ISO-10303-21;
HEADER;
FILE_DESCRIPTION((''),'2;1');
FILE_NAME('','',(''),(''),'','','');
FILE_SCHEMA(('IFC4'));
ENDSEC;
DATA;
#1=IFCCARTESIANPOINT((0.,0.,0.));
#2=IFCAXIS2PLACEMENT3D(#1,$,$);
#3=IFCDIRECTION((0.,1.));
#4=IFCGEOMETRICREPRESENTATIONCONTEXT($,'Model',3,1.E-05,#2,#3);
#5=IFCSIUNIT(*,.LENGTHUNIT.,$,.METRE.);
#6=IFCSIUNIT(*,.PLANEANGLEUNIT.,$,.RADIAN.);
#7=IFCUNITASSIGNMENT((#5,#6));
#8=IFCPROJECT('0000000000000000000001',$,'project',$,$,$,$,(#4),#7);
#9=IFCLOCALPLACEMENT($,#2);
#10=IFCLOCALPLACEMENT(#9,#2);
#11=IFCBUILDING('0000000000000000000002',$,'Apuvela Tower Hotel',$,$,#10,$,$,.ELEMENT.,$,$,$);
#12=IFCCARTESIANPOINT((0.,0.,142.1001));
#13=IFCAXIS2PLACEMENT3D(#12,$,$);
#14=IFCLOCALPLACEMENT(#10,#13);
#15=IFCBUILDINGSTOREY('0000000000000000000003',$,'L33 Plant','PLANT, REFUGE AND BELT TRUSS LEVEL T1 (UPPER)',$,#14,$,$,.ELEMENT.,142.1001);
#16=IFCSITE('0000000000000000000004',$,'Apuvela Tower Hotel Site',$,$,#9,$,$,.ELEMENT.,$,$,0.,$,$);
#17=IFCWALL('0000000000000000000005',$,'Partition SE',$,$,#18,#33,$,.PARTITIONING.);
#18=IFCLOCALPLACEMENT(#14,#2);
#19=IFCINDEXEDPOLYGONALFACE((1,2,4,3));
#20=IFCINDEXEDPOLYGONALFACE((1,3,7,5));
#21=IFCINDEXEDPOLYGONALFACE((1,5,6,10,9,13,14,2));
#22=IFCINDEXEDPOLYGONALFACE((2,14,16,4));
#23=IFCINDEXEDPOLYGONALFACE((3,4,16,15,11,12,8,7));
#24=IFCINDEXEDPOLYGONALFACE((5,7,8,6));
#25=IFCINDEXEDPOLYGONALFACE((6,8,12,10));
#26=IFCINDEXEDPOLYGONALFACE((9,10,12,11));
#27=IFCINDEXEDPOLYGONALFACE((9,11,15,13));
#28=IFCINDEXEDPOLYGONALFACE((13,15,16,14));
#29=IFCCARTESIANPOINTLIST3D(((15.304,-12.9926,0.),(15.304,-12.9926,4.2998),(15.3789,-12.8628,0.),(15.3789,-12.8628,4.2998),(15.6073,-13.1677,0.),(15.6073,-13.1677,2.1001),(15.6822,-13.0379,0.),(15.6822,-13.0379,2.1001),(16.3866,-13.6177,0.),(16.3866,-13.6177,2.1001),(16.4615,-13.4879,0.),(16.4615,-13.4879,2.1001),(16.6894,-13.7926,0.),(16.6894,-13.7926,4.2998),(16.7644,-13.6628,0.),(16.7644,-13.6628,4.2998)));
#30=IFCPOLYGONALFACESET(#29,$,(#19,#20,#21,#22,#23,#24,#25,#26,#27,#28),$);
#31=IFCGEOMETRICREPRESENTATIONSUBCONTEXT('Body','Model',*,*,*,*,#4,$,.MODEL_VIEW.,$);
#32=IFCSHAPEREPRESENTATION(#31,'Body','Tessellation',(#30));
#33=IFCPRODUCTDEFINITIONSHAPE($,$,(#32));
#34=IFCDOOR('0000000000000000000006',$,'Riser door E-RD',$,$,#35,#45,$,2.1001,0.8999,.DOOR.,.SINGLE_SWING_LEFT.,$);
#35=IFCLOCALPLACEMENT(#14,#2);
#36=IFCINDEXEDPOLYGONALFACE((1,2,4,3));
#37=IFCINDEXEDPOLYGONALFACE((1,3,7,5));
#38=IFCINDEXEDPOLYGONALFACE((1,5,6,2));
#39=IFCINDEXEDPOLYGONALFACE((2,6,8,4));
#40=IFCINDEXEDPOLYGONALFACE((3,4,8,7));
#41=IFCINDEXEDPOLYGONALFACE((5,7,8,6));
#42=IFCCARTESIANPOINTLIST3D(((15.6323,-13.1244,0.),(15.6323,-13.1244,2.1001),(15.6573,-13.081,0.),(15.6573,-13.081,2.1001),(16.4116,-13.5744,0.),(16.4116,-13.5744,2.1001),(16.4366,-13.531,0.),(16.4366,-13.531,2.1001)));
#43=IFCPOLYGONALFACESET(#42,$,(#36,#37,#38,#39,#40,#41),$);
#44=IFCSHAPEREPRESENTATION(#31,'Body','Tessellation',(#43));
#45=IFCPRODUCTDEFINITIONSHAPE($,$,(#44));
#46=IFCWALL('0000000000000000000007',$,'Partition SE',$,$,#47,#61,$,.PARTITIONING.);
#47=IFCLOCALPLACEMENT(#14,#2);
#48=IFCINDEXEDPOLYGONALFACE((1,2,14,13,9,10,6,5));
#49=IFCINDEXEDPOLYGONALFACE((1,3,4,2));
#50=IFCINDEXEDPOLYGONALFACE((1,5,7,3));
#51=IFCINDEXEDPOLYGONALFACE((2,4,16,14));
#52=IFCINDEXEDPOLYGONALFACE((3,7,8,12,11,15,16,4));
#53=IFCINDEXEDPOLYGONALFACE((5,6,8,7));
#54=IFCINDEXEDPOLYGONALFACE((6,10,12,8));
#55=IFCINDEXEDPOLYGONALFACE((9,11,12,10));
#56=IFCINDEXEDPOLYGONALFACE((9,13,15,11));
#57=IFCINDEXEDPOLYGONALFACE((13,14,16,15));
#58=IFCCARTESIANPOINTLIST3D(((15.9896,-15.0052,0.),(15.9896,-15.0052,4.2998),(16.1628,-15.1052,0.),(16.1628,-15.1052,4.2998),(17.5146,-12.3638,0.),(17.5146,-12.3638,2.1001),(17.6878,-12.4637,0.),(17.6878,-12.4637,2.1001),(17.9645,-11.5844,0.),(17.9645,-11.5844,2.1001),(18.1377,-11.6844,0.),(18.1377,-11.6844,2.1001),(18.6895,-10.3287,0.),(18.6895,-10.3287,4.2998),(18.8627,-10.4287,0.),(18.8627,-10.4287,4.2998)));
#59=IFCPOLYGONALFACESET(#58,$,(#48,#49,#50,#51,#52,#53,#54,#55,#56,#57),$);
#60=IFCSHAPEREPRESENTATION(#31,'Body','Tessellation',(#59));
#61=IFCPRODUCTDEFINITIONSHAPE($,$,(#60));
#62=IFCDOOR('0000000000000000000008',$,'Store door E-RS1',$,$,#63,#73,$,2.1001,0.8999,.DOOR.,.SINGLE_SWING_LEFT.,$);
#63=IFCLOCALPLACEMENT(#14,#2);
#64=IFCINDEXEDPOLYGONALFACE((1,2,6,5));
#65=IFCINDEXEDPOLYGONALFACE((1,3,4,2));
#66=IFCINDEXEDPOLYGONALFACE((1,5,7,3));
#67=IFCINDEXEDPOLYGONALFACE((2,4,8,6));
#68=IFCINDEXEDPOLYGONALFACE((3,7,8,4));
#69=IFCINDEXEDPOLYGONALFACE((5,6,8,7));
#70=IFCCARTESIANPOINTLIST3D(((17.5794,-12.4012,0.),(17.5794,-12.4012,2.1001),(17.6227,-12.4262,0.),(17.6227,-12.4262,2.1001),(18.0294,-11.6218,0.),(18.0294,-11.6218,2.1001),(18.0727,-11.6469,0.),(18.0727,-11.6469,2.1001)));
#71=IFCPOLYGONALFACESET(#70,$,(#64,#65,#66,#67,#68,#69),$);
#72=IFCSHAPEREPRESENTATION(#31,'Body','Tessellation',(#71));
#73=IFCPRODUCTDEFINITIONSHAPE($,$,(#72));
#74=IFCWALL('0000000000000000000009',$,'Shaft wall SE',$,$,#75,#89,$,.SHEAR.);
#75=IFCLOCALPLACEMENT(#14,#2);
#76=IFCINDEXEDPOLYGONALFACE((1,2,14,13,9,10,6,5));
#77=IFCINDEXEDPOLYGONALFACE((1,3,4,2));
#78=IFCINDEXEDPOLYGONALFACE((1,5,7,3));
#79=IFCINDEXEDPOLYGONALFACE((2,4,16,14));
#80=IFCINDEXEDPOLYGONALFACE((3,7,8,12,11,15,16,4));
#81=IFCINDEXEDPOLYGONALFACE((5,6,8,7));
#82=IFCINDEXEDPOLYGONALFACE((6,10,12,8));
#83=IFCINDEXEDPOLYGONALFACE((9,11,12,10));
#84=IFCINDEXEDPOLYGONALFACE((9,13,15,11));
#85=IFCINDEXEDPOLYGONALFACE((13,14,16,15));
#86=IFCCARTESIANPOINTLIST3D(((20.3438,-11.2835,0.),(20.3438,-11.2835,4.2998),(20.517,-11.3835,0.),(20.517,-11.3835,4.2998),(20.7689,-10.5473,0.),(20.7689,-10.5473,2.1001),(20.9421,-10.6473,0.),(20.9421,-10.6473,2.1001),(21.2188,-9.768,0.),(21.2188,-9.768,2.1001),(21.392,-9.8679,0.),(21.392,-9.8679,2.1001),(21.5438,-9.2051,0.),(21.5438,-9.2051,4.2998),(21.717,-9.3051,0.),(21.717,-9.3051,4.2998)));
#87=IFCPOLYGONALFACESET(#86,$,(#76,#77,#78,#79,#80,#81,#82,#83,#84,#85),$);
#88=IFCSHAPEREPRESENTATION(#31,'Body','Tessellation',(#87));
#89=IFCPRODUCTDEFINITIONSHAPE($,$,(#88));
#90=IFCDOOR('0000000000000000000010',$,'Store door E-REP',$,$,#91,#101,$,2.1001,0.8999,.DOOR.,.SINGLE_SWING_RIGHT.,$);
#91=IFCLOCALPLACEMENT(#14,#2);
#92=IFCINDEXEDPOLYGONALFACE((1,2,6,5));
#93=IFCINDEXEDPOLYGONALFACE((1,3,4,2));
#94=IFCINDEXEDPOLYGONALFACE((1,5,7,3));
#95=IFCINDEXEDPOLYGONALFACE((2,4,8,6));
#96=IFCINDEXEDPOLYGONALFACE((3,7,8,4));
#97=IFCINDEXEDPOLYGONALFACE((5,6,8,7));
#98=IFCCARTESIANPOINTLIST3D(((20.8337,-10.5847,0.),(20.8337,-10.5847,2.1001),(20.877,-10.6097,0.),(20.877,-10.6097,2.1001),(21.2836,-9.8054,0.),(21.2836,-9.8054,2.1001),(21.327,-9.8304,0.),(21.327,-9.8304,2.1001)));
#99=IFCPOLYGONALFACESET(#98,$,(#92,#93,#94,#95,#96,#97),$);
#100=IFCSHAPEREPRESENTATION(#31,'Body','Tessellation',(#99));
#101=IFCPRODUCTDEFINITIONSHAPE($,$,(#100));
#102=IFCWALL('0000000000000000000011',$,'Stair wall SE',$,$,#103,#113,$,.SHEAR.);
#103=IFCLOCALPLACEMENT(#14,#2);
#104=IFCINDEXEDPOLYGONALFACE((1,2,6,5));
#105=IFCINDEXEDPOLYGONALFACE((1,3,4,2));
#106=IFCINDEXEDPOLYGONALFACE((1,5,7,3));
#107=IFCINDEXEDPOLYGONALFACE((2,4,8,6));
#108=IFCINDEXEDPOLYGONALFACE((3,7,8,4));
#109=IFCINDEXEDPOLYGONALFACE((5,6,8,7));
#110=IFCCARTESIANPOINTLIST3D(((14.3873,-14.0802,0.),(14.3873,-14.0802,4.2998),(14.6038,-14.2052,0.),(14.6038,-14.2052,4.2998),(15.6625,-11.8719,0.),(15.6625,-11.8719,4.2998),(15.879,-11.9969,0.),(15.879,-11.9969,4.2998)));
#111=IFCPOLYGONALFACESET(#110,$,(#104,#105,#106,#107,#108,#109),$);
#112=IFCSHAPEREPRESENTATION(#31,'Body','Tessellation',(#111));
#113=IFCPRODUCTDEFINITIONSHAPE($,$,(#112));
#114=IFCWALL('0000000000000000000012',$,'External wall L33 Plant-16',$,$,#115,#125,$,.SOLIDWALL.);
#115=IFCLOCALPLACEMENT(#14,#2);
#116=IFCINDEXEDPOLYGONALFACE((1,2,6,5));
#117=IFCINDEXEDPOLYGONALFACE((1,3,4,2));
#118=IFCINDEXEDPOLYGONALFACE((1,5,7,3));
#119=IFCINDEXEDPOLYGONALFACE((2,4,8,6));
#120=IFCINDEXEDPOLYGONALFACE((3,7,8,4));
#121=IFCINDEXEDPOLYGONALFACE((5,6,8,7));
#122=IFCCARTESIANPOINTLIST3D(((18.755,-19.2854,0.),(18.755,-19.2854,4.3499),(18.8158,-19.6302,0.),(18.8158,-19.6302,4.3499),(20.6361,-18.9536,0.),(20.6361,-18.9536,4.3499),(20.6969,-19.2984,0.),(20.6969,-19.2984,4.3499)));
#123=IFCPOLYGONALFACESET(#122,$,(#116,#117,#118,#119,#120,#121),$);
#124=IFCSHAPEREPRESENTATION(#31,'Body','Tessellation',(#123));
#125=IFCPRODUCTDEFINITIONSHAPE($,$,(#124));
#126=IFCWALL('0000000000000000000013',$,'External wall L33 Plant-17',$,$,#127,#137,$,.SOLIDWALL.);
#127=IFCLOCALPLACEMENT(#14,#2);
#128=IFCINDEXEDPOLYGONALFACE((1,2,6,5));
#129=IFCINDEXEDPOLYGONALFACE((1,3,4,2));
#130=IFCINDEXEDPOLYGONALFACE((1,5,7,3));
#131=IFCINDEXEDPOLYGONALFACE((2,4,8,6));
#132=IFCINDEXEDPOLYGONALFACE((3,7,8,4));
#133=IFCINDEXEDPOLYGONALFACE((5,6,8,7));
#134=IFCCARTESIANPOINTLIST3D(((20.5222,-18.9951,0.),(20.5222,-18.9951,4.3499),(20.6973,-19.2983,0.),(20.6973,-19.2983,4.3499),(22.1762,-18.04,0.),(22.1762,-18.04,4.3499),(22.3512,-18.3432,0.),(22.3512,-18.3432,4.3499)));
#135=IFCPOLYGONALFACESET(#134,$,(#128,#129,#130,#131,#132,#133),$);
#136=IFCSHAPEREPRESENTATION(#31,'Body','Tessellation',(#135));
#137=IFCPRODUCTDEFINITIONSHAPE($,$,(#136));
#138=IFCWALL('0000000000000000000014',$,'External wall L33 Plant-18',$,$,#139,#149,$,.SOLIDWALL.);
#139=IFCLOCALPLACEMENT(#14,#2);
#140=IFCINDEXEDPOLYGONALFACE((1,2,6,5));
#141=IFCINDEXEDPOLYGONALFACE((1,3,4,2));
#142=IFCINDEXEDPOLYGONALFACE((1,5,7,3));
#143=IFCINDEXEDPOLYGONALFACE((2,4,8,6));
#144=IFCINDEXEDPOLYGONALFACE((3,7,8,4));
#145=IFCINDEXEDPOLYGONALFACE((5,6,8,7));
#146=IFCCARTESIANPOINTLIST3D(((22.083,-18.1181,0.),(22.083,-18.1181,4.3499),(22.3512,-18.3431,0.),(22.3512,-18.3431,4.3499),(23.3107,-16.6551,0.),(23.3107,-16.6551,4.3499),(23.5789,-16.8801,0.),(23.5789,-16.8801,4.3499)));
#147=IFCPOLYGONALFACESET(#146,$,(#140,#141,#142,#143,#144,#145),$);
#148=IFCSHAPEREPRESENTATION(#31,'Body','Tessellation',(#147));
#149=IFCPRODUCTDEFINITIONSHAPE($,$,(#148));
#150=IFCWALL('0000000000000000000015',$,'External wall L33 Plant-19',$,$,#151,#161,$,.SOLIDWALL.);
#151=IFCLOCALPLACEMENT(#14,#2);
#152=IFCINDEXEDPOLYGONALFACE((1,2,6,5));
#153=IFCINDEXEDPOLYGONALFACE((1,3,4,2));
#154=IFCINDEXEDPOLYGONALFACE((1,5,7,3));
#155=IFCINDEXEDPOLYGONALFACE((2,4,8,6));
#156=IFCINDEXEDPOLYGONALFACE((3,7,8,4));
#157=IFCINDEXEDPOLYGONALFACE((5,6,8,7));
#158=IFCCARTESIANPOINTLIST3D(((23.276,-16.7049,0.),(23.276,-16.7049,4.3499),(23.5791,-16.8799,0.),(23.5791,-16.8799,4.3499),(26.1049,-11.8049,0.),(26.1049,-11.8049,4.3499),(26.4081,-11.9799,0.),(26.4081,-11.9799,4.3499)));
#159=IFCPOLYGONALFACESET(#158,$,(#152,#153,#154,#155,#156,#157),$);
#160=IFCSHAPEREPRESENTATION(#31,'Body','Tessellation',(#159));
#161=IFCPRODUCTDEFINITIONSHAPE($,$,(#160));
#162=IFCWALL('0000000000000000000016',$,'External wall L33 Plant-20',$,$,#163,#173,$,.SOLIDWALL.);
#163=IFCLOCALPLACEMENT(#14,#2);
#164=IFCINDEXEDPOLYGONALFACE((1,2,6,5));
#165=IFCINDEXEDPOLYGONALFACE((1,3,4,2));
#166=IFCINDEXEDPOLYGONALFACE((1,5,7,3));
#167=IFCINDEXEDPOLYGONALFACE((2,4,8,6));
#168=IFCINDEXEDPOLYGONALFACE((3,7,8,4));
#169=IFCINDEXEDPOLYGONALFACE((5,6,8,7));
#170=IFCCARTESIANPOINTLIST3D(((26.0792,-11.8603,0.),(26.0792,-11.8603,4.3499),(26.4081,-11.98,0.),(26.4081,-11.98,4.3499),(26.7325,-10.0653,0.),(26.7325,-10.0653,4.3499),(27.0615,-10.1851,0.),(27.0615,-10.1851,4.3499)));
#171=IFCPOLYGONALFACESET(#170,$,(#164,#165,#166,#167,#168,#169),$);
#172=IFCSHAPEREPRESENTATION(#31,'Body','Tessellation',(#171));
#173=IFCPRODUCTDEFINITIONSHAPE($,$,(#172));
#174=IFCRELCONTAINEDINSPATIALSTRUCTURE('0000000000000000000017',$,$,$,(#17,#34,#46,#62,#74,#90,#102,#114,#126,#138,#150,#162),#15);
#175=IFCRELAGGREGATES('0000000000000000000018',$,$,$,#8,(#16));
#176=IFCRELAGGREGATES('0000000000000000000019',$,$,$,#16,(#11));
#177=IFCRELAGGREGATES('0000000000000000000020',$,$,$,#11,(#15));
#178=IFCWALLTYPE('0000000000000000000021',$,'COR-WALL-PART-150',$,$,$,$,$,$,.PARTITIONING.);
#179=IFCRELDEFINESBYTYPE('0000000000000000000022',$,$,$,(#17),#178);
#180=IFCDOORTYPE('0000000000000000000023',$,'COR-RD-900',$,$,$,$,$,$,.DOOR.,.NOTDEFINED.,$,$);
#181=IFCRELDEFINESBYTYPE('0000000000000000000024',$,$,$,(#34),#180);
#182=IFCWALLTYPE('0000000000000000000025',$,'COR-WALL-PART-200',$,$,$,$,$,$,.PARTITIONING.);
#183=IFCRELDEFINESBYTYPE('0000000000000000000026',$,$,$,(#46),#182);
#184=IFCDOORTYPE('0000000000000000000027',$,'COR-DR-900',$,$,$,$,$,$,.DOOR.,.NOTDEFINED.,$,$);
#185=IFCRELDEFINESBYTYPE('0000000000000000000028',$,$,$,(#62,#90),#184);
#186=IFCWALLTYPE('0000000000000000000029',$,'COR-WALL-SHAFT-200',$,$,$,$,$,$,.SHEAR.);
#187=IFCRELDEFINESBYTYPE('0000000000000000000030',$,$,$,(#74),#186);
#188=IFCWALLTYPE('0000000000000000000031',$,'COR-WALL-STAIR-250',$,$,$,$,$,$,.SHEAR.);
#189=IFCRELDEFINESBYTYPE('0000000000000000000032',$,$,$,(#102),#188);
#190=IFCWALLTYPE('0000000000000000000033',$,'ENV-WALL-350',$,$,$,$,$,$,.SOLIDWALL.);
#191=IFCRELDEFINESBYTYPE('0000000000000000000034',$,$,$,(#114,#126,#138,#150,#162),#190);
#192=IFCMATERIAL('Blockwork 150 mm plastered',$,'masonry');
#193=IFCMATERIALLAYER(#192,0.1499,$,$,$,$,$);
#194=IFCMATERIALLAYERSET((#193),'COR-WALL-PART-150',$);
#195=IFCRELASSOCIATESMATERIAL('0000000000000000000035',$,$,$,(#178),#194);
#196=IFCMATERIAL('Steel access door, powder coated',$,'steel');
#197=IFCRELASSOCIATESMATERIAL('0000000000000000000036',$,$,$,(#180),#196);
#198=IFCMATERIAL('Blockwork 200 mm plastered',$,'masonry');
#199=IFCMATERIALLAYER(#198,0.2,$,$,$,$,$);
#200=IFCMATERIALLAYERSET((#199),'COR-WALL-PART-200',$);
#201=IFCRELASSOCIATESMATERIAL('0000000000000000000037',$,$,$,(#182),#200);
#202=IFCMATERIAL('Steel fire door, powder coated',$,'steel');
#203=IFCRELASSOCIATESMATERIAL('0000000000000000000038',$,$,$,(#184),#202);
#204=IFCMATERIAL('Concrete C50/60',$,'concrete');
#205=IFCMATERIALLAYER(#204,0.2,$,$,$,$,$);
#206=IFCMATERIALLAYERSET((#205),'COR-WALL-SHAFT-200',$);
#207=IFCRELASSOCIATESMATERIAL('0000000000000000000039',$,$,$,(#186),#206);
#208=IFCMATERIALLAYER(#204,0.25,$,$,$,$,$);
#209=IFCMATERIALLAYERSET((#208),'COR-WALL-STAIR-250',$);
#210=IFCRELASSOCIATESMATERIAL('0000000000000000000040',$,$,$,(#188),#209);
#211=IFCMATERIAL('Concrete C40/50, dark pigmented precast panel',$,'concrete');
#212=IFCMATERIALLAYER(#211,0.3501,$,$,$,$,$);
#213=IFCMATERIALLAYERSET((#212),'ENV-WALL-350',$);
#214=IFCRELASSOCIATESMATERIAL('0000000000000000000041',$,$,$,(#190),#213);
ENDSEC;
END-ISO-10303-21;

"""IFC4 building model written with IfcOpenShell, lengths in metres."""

from ifc_helpers import new_model, si_unit, direction, frame, frame_2d, origin, place, context, subcontext, project, spatial, rectangle, extrude, material, layer, layer_set, type_object, element, fill, save


model = new_model("IFC4")

# Units and contexts
model_context = context("Model", 3, precision=1e-05, world=origin(), true_north=direction((0.0, 1.0)))
body_context = subcontext(model_context, "Body", "Model", "MODEL_VIEW")
ifc_project = project(units=[si_unit("LENGTHUNIT", "METRE"), si_unit("PLANEANGLEUNIT", "RADIAN")], contexts=[model_context])

# Site, building, storey
site_placement = place(None, origin())
site = spatial("IfcSite", under=ifc_project, at=site_placement, Name="Apuvela Tower Hotel Site", CompositionType="ELEMENT", RefElevation=0.0)
building_placement = place(site_placement, origin())
building = spatial("IfcBuilding", under=site, at=building_placement, Name="Apuvela Tower Hotel", CompositionType="ELEMENT")
storey_placement = place(building_placement, frame((0.0, 0.0, 142.1001)))
storey = spatial("IfcBuildingStorey", under=building, at=storey_placement, Name="L33 Plant", Description="PLANT, REFUGE AND BELT TRUSS LEVEL T1 (UPPER)", CompositionType="ELEMENT", Elevation=142.1001)

# Walls, openings, doors
ifc_material_1 = material(Name="Blockwork 150 mm plastered", Category="masonry")
ifc_layer_1 = layer(ifc_material_1, 0.1499)
ifc_layer_set_1 = layer_set([ifc_layer_1], Name="COR-WALL-PART-150")
wall_type_1 = type_object("IfcWallType", Name="COR-WALL-PART-150", PredefinedType="PARTITIONING", material=ifc_layer_set_1)
wall_1_placement = place(storey_placement, frame((15.3416, -12.9277, 0.0), z_axis=(0.0, 0.0, 1.0), x_axis=(0.86599, -0.500061, 0.0)))
wall_1 = element("IfcWall", 1, at=wall_1_placement, inside=storey, type_object=wall_type_1, Name="Partition SE", PredefinedType="PARTITIONING", context=body_context, shape_type="SweptSolid", body=[
    extrude(rectangle(XDim=1.5999, YDim=0.1499, at=frame_2d((0.7998, 0.0))), origin(), (0.0, 0.0, 1.0), 4.2998),
])
opening_1_placement = place(wall_1_placement, frame((0.3501, 0.0, 0.0)))
opening_1 = element("IfcOpeningElement", 2, at=opening_1_placement, cuts=wall_1, PredefinedType="OPENING", context=body_context, shape_type="SweptSolid", body=[
    extrude(rectangle(XDim=0.8999, YDim=2.1001, at=frame_2d((0.45, 1.05))), frame((0.0, 0.085, 0.0), z_axis=(0.0, -1.0, 0.0), x_axis=(1.0, 0.0, 0.0)), (0.0, 0.0, 1.0), 0.1699),
])
ifc_material_2 = material(Name="Steel access door, powder coated", Category="steel")
door_type_1 = type_object("IfcDoorType", Name="COR-RD-900", OperationType="NOTDEFINED", PredefinedType="DOOR", material=ifc_material_2)
door_1_placement = place(opening_1_placement, frame((0.8999, 0.0, 0.0), z_axis=(0.0, 0.0, 1.0), x_axis=(-1.0, 0.0, 0.0)))
door_1 = element("IfcDoor", 3, at=door_1_placement, inside=storey, type_object=door_type_1, Name="Riser door E-RD", OperationType="SINGLE_SWING_LEFT", OverallHeight=2.1001, OverallWidth=0.8999, PredefinedType="DOOR", context=body_context, shape_type="SweptSolid", body=[
    extrude(rectangle(XDim=0.8999, YDim=2.1001, at=frame_2d((0.45, 1.05))), frame((0.0, 0.0249, 0.0), z_axis=(0.0, -1.0, 0.0), x_axis=(1.0, 0.0, 0.0)), (0.0, 0.0, 1.0), 0.05),
])
fill(opening_1, door_1)
ifc_material_3 = material(Name="Blockwork 200 mm plastered", Category="masonry")
ifc_layer_2 = layer(ifc_material_3, 0.2)
ifc_layer_set_2 = layer_set([ifc_layer_2], Name="COR-WALL-PART-200")
wall_type_2 = type_object("IfcWallType", Name="COR-WALL-PART-200", PredefinedType="PARTITIONING", material=ifc_layer_set_2)
wall_2_placement = place(storey_placement, frame((16.0762, -15.0552, 0.0), z_axis=(0.0, 0.0, 1.0), x_axis=(0.499995, 0.866028, 0.0)))
wall_2 = element("IfcWall", 4, at=wall_2_placement, inside=storey, type_object=wall_type_2, Name="Partition SE", PredefinedType="PARTITIONING", context=body_context, shape_type="SweptSolid", body=[
    extrude(rectangle(XDim=5.3999, YDim=0.2, at=frame_2d((2.7, 0.0))), origin(), (0.0, 0.0, 1.0), 4.2998),
])
opening_2_placement = place(wall_2_placement, frame((3.05, 0.0, 0.0)))
opening_2 = element("IfcOpeningElement", 5, at=opening_2_placement, cuts=wall_2, PredefinedType="OPENING", context=body_context, shape_type="SweptSolid", body=[
    extrude(rectangle(XDim=0.8999, YDim=2.1001, at=frame_2d((0.45, 1.05))), frame((0.0, 0.1099, 0.0), z_axis=(0.0, -1.0, 0.0), x_axis=(1.0, 0.0, 0.0)), (0.0, 0.0, 1.0), 0.22),
])
ifc_material_4 = material(Name="Steel fire door, powder coated", Category="steel")
door_type_2 = type_object("IfcDoorType", Name="COR-DR-900", OperationType="NOTDEFINED", PredefinedType="DOOR", material=ifc_material_4)
door_2_placement = place(opening_2_placement, frame((0.8999, 0.0, 0.0), z_axis=(0.0, 0.0, 1.0), x_axis=(-1.0, 0.0, 0.0)))
door_2 = element("IfcDoor", 6, at=door_2_placement, inside=storey, type_object=door_type_2, Name="Store door E-RS1", OperationType="SINGLE_SWING_LEFT", OverallHeight=2.1001, OverallWidth=0.8999, PredefinedType="DOOR", context=body_context, shape_type="SweptSolid", body=[
    extrude(rectangle(XDim=0.8999, YDim=2.1001, at=frame_2d((0.45, 1.05))), frame((0.0, 0.0249, 0.0), z_axis=(0.0, -1.0, 0.0), x_axis=(1.0, 0.0, 0.0)), (0.0, 0.0, 1.0), 0.05),
])
fill(opening_2, door_2)
ifc_material_5 = material(Name="Concrete C50/60", Category="concrete")
ifc_layer_3 = layer(ifc_material_5, 0.2)
ifc_layer_set_3 = layer_set([ifc_layer_3], Name="COR-WALL-SHAFT-200")
wall_type_3 = type_object("IfcWallType", Name="COR-WALL-SHAFT-200", PredefinedType="SHEAR", material=ifc_layer_set_3)
wall_3_placement = place(storey_placement, frame((20.4304, -11.3335, 0.0), z_axis=(0.0, 0.0, 1.0), x_axis=(0.500001, 0.866025, 0.0)))
wall_3 = element("IfcWall", 7, at=wall_3_placement, inside=storey, type_object=wall_type_3, Name="Shaft wall SE", PredefinedType="SHEAR", context=body_context, shape_type="SweptSolid", body=[
    extrude(rectangle(XDim=2.3999, YDim=0.2, at=frame_2d((1.2, 0.0))), origin(), (0.0, 0.0, 1.0), 4.2998),
])
opening_3_placement = place(wall_3_placement, frame((0.8501, 0.0, 0.0)))
opening_3 = element("IfcOpeningElement", 8, at=opening_3_placement, cuts=wall_3, PredefinedType="OPENING", context=body_context, shape_type="SweptSolid", body=[
    extrude(rectangle(XDim=0.8999, YDim=2.1001, at=frame_2d((0.45, 1.05))), frame((0.0, 0.1099, 0.0), z_axis=(0.0, -1.0, 0.0), x_axis=(1.0, 0.0, 0.0)), (0.0, 0.0, 1.0), 0.22),
])
door_3_placement = place(opening_3_placement, frame((0.8999, 0.0, 0.0), z_axis=(0.0, 0.0, 1.0), x_axis=(-1.0, 0.0, 0.0)))
door_3 = element("IfcDoor", 9, at=door_3_placement, inside=storey, type_object=door_type_2, Name="Store door E-REP", OperationType="SINGLE_SWING_RIGHT", OverallHeight=2.1001, OverallWidth=0.8999, PredefinedType="DOOR", context=body_context, shape_type="SweptSolid", body=[
    extrude(rectangle(XDim=0.8999, YDim=2.1001, at=frame_2d((0.45, 1.05))), frame((0.0, 0.0249, 0.0), z_axis=(0.0, -1.0, 0.0), x_axis=(1.0, 0.0, 0.0)), (0.0, 0.0, 1.0), 0.05),
])
fill(opening_3, door_3)

# Walls
ifc_layer_4 = layer(ifc_material_5, 0.25)
ifc_layer_set_4 = layer_set([ifc_layer_4], Name="COR-WALL-STAIR-250")
wall_type_4 = type_object("IfcWallType", Name="COR-WALL-STAIR-250", PredefinedType="SHEAR", material=ifc_layer_set_4)
wall_4_placement = place(storey_placement, frame((14.4956, -14.1426, 0.0), z_axis=(0.0, 0.0, 1.0), x_axis=(0.500062, 0.865989, 0.0)))
element("IfcWall", 10, at=wall_4_placement, inside=storey, type_object=wall_type_4, Name="Stair wall SE", PredefinedType="SHEAR", context=body_context, shape_type="SweptSolid", body=[
    extrude(rectangle(XDim=2.55, YDim=0.25, at=frame_2d((1.2749, 0.0))), origin(), (0.0, 0.0, 1.0), 4.2998),
])
ifc_material_6 = material(Name="Concrete C40/50, dark pigmented precast panel", Category="concrete")
ifc_layer_5 = layer(ifc_material_6, 0.3501)
ifc_layer_set_5 = layer_set([ifc_layer_5], Name="ENV-WALL-350")
wall_type_5 = type_object("IfcWallType", Name="ENV-WALL-350", PredefinedType="SOLIDWALL", material=ifc_layer_set_5)
wall_5_placement = place(storey_placement, frame((18.7854, -19.4578, 0.0), z_axis=(0.0, 0.0, 1.0), x_axis=(0.984799, 0.173698, 0.0)))
element("IfcWall", 11, at=wall_5_placement, inside=storey, type_object=wall_type_5, Name="External wall L33 Plant-16", PredefinedType="SOLIDWALL", context=body_context, shape_type="SweptSolid", body=[
    extrude(rectangle(XDim=1.9102, YDim=0.3501, at=frame_2d((0.9551, 0.0))), origin(), (0.0, 0.0, 1.0), 4.3499),
])
for number, where, z_axis, x_axis, name in (
    (12, (20.6096, -19.1467, 0.0), (0.0, 0.0, 1.0), (0.866, 0.500043, 0.0), "External wall L33 Plant-17"),
    (13, (22.217, -18.2307, 0.0), (0.0, 0.0, 1.0), (0.642808, 0.766027, 0.0), "External wall L33 Plant-18"),
):
    element("IfcWall", number, at=place(storey_placement, frame(where, z_axis=z_axis, x_axis=x_axis)), inside=storey, type_object=wall_type_5, Name=name, PredefinedType="SOLIDWALL", context=body_context, shape_type="SweptSolid", body=[
        extrude(rectangle(XDim=1.9099, YDim=0.3501, at=frame_2d((0.9551, 0.0))), origin(), (0.0, 0.0, 1.0), 4.3499),
    ])
wall_6_placement = place(storey_placement, frame((23.4275, -16.7925, 0.0), z_axis=(0.0, 0.0, 1.0), x_axis=(0.499986, 0.866033, 0.0)))
element("IfcWall", 14, at=wall_6_placement, inside=storey, type_object=wall_type_5, Name="External wall L33 Plant-19", PredefinedType="SOLIDWALL", context=body_context, shape_type="SweptSolid", body=[
    extrude(rectangle(XDim=5.658, YDim=0.3501, at=frame_2d((2.8291, 0.0))), origin(), (0.0, 0.0, 1.0), 4.3499),
])
wall_7_placement = place(storey_placement, frame((26.2437, -11.9202, 0.0), z_axis=(0.0, 0.0, 1.0), x_axis=(0.34203, 0.939689, 0.0)))
element("IfcWall", 15, at=wall_7_placement, inside=storey, type_object=wall_type_5, Name="External wall L33 Plant-20", PredefinedType="SOLIDWALL", context=body_context, shape_type="SweptSolid", body=[
    extrude(rectangle(XDim=1.9102, YDim=0.3501, at=frame_2d((0.9551, 0.0))), origin(), (0.0, 0.0, 1.0), 4.3499),
])

save(model, "model.ifc")
